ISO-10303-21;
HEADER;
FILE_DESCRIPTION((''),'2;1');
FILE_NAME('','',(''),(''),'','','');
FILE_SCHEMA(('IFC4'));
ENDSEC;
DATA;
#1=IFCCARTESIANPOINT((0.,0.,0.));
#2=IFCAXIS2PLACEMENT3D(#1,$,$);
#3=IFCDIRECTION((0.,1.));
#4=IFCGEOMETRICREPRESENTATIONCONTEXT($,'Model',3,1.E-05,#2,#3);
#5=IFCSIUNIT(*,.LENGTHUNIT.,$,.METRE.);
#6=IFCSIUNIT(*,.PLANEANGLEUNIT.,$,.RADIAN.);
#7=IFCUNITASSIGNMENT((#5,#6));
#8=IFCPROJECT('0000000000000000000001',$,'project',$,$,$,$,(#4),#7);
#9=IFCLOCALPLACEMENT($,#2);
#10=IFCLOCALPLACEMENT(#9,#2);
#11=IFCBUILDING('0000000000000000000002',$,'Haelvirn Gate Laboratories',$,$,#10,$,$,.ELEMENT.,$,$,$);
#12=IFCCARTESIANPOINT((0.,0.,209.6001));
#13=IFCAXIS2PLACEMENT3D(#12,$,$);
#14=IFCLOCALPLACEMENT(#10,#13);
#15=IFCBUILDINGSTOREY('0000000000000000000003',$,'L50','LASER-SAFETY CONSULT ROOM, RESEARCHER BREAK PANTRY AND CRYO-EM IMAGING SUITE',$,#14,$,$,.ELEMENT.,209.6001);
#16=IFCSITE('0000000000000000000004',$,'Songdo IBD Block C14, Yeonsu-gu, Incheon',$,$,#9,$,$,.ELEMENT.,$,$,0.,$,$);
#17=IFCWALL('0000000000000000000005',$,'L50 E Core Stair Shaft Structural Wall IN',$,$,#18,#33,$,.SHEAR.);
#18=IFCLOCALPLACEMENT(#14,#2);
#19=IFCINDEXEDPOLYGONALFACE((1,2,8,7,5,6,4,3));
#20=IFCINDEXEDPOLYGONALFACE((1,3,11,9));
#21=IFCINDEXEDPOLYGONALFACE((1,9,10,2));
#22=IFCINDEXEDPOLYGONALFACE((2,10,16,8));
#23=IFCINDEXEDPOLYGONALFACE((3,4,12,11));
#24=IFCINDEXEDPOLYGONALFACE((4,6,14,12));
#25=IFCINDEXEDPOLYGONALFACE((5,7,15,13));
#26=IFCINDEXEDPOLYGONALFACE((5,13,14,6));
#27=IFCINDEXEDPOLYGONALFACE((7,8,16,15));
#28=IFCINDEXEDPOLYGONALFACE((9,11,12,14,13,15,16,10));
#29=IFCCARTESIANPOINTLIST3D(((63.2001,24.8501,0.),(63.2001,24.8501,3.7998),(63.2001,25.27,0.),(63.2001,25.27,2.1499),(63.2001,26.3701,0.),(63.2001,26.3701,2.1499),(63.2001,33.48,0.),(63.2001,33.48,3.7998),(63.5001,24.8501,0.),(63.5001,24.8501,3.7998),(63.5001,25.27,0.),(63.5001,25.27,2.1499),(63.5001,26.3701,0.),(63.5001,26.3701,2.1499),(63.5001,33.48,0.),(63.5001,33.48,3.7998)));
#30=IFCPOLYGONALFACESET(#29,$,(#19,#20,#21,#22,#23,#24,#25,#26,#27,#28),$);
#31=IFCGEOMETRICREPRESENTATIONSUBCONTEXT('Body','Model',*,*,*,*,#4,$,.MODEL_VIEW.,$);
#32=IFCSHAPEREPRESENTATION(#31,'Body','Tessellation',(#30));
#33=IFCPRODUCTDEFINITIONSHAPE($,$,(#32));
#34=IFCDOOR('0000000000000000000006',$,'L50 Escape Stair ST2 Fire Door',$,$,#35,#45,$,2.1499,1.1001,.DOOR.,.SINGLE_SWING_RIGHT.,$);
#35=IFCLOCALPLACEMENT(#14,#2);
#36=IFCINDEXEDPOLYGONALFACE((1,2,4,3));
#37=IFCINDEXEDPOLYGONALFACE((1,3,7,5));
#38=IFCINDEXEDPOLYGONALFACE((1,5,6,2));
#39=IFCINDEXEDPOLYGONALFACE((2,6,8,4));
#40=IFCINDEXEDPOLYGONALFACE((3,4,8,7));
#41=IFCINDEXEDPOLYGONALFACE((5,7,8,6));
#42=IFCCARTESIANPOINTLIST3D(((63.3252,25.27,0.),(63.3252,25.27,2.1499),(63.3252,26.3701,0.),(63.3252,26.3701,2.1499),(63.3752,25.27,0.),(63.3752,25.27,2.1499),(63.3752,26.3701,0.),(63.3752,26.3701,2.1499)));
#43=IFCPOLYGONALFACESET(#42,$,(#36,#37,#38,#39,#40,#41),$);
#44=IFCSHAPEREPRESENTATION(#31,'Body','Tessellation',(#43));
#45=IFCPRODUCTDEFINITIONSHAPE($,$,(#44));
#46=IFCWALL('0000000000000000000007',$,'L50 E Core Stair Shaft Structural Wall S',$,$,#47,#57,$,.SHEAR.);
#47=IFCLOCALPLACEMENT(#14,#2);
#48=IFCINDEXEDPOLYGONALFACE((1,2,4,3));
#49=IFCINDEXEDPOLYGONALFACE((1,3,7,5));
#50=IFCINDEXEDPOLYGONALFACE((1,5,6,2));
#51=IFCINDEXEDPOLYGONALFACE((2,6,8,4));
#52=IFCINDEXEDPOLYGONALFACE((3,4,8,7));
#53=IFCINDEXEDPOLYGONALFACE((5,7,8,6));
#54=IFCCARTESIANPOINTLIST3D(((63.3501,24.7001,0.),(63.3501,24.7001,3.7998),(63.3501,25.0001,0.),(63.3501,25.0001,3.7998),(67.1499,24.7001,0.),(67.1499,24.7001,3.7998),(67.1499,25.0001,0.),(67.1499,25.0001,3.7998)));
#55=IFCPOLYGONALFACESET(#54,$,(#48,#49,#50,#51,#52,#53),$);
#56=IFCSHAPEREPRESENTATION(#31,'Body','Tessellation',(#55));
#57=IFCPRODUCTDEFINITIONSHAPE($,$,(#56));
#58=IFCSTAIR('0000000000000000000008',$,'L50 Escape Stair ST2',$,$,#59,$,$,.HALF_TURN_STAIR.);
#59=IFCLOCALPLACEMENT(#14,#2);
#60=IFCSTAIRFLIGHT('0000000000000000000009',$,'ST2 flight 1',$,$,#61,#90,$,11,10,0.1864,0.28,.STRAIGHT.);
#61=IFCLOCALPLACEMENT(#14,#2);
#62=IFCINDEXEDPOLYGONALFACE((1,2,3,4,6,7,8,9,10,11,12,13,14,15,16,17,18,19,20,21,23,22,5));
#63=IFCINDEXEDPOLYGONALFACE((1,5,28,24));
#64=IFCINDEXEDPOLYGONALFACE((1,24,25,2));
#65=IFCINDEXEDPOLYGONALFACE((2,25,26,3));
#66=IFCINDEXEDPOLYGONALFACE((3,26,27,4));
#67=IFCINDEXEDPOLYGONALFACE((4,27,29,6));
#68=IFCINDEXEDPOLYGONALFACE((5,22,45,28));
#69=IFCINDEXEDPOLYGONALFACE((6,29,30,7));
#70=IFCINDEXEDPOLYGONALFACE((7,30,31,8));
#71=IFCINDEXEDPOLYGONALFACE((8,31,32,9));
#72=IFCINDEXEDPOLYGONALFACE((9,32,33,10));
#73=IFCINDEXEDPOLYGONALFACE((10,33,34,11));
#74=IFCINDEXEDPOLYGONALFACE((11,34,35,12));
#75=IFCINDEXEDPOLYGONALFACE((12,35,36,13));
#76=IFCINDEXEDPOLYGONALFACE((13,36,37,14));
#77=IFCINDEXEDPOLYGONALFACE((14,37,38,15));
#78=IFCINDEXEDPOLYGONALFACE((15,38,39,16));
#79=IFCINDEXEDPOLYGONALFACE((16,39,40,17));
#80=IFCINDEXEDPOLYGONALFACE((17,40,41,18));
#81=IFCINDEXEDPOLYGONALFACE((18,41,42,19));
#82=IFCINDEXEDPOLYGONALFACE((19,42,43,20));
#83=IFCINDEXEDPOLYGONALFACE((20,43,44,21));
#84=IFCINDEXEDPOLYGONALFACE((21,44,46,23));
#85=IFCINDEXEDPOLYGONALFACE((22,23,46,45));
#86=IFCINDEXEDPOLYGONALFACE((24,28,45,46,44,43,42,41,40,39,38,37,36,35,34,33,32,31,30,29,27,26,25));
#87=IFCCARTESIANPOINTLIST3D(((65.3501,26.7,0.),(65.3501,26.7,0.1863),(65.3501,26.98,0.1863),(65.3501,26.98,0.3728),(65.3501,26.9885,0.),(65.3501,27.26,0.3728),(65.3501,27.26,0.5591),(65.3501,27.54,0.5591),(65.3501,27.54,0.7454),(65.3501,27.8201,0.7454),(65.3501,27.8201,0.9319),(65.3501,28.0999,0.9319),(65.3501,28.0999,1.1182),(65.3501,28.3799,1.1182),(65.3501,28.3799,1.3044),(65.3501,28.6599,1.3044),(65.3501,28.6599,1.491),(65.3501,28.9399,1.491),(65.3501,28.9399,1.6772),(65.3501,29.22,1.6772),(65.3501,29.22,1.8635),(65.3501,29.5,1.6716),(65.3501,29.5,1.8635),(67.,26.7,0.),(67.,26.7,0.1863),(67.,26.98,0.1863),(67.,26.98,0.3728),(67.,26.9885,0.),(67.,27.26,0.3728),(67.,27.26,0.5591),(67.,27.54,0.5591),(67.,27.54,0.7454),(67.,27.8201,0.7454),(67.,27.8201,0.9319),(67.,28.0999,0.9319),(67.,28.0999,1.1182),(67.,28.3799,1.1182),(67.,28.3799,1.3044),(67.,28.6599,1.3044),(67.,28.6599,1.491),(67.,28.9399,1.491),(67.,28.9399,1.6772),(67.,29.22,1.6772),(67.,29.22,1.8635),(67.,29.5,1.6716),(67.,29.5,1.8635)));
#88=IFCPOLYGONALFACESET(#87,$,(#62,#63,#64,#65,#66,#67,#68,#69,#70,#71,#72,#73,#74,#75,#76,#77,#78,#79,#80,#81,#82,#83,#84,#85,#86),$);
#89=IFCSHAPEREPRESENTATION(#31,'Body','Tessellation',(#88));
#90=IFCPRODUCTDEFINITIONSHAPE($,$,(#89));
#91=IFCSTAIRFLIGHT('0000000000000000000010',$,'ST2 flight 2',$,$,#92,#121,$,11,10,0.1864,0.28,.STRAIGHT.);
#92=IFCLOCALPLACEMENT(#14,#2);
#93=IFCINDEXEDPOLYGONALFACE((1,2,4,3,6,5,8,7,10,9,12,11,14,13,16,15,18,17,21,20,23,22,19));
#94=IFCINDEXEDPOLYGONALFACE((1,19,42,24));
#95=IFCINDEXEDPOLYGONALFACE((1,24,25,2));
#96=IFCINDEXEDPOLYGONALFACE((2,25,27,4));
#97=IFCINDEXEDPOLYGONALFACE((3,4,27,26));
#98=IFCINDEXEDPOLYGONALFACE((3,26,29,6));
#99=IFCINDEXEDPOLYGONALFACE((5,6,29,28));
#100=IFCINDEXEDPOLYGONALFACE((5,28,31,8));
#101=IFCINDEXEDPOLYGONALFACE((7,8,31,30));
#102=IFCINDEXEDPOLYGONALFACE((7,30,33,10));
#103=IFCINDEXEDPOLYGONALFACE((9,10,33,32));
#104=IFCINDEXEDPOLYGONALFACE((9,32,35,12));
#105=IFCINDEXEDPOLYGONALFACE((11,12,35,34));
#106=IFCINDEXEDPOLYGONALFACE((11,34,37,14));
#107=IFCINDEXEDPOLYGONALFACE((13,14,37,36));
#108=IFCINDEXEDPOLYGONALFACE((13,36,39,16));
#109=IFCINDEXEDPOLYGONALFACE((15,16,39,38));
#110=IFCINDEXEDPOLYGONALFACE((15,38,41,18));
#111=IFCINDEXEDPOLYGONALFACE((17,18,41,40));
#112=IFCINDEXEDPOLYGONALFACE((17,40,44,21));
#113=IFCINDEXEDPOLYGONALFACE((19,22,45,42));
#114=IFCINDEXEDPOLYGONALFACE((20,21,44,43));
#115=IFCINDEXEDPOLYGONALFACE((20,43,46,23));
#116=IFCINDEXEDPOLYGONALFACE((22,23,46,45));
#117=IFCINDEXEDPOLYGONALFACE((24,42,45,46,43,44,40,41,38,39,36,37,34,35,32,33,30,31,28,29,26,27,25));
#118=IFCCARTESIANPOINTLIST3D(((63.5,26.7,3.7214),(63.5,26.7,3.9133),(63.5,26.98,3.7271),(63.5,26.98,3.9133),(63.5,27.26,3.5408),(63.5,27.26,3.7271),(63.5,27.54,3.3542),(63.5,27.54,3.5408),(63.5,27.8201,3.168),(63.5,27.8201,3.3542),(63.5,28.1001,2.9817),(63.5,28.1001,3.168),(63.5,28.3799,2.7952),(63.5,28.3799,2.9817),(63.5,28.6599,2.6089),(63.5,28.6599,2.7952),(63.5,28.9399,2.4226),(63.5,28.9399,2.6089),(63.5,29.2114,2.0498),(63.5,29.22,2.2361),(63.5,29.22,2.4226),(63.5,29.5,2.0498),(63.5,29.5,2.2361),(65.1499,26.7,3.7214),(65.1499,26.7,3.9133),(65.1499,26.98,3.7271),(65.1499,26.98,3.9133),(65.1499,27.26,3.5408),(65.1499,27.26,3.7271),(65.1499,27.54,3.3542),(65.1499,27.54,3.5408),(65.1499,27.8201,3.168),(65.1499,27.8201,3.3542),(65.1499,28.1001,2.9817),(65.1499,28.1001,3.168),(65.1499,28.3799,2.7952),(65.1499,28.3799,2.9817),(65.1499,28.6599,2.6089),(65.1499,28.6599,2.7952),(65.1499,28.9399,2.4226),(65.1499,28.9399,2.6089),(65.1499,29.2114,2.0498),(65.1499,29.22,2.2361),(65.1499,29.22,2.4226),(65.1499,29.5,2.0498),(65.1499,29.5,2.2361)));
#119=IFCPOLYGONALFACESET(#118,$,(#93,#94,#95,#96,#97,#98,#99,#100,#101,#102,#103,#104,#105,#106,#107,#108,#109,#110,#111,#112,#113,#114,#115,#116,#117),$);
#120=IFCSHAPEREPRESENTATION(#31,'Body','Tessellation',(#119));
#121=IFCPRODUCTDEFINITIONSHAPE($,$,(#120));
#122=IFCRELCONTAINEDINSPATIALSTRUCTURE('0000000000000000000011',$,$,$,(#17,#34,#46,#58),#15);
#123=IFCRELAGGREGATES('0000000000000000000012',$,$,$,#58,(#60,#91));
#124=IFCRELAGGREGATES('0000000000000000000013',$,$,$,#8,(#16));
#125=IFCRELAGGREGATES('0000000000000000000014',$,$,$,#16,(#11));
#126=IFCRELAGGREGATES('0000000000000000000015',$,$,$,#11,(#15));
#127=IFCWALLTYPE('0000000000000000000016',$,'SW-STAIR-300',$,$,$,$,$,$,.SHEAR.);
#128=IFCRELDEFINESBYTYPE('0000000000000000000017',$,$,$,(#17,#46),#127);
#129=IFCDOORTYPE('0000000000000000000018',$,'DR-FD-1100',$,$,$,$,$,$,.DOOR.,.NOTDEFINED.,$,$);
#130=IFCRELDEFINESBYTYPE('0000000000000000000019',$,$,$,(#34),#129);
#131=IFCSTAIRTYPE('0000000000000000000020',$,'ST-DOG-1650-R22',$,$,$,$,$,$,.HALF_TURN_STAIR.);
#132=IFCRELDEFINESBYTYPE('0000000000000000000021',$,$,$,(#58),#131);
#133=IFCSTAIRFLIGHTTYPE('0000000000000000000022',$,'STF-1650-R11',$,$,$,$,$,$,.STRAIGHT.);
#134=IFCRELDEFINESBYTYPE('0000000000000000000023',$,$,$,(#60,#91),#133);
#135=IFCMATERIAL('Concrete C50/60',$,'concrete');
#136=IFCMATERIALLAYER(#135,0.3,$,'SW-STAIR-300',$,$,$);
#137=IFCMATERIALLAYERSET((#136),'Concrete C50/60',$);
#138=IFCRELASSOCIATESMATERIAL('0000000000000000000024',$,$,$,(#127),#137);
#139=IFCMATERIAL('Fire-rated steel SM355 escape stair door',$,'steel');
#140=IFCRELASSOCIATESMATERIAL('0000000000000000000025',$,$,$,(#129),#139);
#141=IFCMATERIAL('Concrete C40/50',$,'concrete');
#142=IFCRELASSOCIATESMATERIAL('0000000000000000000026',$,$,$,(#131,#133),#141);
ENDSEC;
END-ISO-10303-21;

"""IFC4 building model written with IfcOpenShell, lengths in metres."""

from ifc_helpers import new_model, si_unit, direction, frame, frame_2d, origin, place, context, subcontext, project, spatial, polyline, rectangle, outline, extrude, source, transform, mapped, material, layer, layer_set, type_object, type_shapes, element, fill, aggregate, save


model = new_model("IFC4")

# Units and contexts
model_context = context("Model", 3, precision=1e-05, world=origin(), true_north=direction((0.0, 1.0)))
body_context = subcontext(model_context, "Body", "Model", "MODEL_VIEW")
ifc_project = project(units=[si_unit("LENGTHUNIT", "METRE"), si_unit("PLANEANGLEUNIT", "RADIAN")], contexts=[model_context])

# Site, building, storey
site_placement = place(None, origin())
site = spatial("IfcSite", under=ifc_project, at=site_placement, Name="Songdo IBD Block C14, Yeonsu-gu, Incheon", CompositionType="ELEMENT", RefElevation=0.0)
building_placement = place(site_placement, origin())
building = spatial("IfcBuilding", under=site, at=building_placement, Name="Haelvirn Gate Laboratories", CompositionType="ELEMENT")
storey_placement = place(building_placement, frame((0.0, 0.0, 209.6001)))
storey = spatial("IfcBuildingStorey", under=building, at=storey_placement, Name="L50", Description="LASER-SAFETY CONSULT ROOM, RESEARCHER BREAK PANTRY AND CRYO-EM IMAGING SUITE", CompositionType="ELEMENT", Elevation=209.6001)

# Shared definitions
ifc_material_1 = material(Name="Concrete C40/50", Category="concrete")

# Shared definitions
ifc_material_2 = material(Name="Concrete C50/60", Category="concrete")

# Wall, opening, door
ifc_layer_1 = layer(ifc_material_2, 0.3, Name="SW-STAIR-300")
ifc_layer_set_1 = layer_set([ifc_layer_1], Name="Concrete C50/60")
wall_type_1 = type_object("IfcWallType", Name="SW-STAIR-300", PredefinedType="SHEAR", material=ifc_layer_set_1)
wall_1_placement = place(storey_placement, frame((63.3501, 24.8501, 0.0), z_axis=(0.0, 0.0, 1.0), x_axis=(0.0, 1.0, 0.0)))
wall_1 = element("IfcWall", 1, at=wall_1_placement, inside=storey, type_object=wall_type_1, Name="L50 E Core Stair Shaft Structural Wall IN", PredefinedType="SHEAR", context=body_context, shape_type="SweptSolid", body=[
    extrude(rectangle(XDim=8.6299, YDim=0.3, at=frame_2d((4.3149, 0.0))), origin(), (0.0, 0.0, 1.0), 3.7998),
])
opening_1_placement = place(wall_1_placement, frame((0.4199, 0.0, 0.0)))
opening_1 = element("IfcOpeningElement", 2, at=opening_1_placement, cuts=wall_1, PredefinedType="OPENING", context=body_context, shape_type="SweptSolid", body=[
    extrude(rectangle(XDim=1.1001, YDim=2.1499, at=frame_2d((0.55, 1.075))), frame((0.0, 0.1602, 0.0), z_axis=(0.0, -1.0, 0.0), x_axis=(1.0, 0.0, 0.0)), (0.0, 0.0, 1.0), 0.3201),
])
ifc_material_3 = material(Name="Fire-rated steel SM355 escape stair door", Category="steel")
door_type_1 = type_object("IfcDoorType", Name="DR-FD-1100", OperationType="NOTDEFINED", PredefinedType="DOOR", material=ifc_material_3)
shared_shape_1 = source(origin(), body_context, "Body", "SweptSolid", [
    extrude(rectangle(XDim=1.1001, YDim=2.1499, at=frame_2d((0.55, 1.075))), frame((0.0, 0.0249, 0.0), z_axis=(0.0, -1.0, 0.0), x_axis=(1.0, 0.0, 0.0)), (0.0, 0.0, 1.0), 0.05),
])
type_shapes(door_type_1, [shared_shape_1])
door_1_placement = place(opening_1_placement, origin())
door_1 = element("IfcDoor", 3, at=door_1_placement, inside=storey, type_object=door_type_1, Name="L50 Escape Stair ST2 Fire Door", OperationType="SINGLE_SWING_RIGHT", OverallHeight=2.1499, OverallWidth=1.1001, PredefinedType="DOOR", context=body_context, shape_type="MappedRepresentation", body=[
    mapped(shared_shape_1, transform((0.0, 0.0, 0.0), scale=1.0)),
])
fill(opening_1, door_1)

# Wall
wall_2_placement = place(storey_placement, frame((63.3501, 24.8501, 0.0), z_axis=(0.0, 0.0, 1.0), x_axis=(1.0, 0.0, 0.0)))
element("IfcWall", 4, at=wall_2_placement, inside=storey, type_object=wall_type_1, Name="L50 E Core Stair Shaft Structural Wall S", PredefinedType="SHEAR", context=body_context, shape_type="SweptSolid", body=[
    extrude(rectangle(XDim=3.7998, YDim=0.3, at=frame_2d((1.8999, 0.0))), origin(), (0.0, 0.0, 1.0), 3.7998),
])

# Stair, stair flights
stair_type = type_object("IfcStairType", Name="ST-DOG-1650-R22", PredefinedType="HALF_TURN_STAIR", material=ifc_material_1)
stair_placement = place(storey_placement, origin())
stair = element("IfcStair", 5, at=stair_placement, inside=storey, type_object=stair_type, Name="L50 Escape Stair ST2", PredefinedType="HALF_TURN_STAIR")
stair_flight_type = type_object("IfcStairFlightType", Name="STF-1650-R11", PredefinedType="STRAIGHT", material=ifc_material_1)
shared_shape_2 = source(origin(), body_context, "Body", "SweptSolid", [
    extrude(outline(polyline([(0.0, 0.0), (0.0, 0.1863), (0.28, 0.1863), (0.28, 0.3728), (0.5601, 0.3728), (0.5601, 0.5591), (0.8401, 0.5591), (0.8401, 0.7454), (1.1201, 0.7454), (1.1201, 0.9319), (1.3999, 0.9319), (1.3999, 1.1182), (1.6799, 1.1182), (1.6799, 1.3044), (1.96, 1.3044), (1.96, 1.491), (2.24, 1.491), (2.24, 1.6772), (2.52, 1.6772), (2.52, 1.8635), (2.8, 1.8635), (2.8, 2.05), (2.8, 1.6716), (0.2886, 0.0), (0.0, 0.0)])), frame((0.0, 0.825, 0.0), z_axis=(0.0, -1.0, 0.0), x_axis=(1.0, 0.0, 0.0)), (0.0, 0.0, 1.0), 1.6499),
])
type_shapes(stair_flight_type, [shared_shape_2])
stair_flight_1_placement = place(storey_placement, frame((66.175, 26.7, 0.0), z_axis=(0.0, 0.0, 1.0), x_axis=(0.0, 1.0, 0.0)))
stair_flight_1 = element("IfcStairFlight", 6, at=stair_flight_1_placement, type_object=stair_flight_type, Name="ST2 flight 1", NumberOfRisers=11, NumberOfTreads=10, PredefinedType="STRAIGHT", RiserHeight=0.1864, TreadLength=0.28, context=body_context, shape_type="MappedRepresentation", body=[
    mapped(shared_shape_2, transform((0.0, 0.0, 0.0), scale=1.0)),
])
stair_flight_2_placement = place(storey_placement, frame((64.325, 29.5, 2.0498), z_axis=(0.0, 0.0, 1.0), x_axis=(0.0, -1.0, 0.0)))
stair_flight_2 = element("IfcStairFlight", 7, at=stair_flight_2_placement, type_object=stair_flight_type, Name="ST2 flight 2", NumberOfRisers=11, NumberOfTreads=10, PredefinedType="STRAIGHT", RiserHeight=0.1864, TreadLength=0.28, context=body_context, shape_type="MappedRepresentation", body=[
    mapped(shared_shape_2, transform((0.0, 0.0, 0.0), scale=1.0)),
])
aggregate(stair, [stair_flight_1, stair_flight_2])

save(model, "model.ifc")
